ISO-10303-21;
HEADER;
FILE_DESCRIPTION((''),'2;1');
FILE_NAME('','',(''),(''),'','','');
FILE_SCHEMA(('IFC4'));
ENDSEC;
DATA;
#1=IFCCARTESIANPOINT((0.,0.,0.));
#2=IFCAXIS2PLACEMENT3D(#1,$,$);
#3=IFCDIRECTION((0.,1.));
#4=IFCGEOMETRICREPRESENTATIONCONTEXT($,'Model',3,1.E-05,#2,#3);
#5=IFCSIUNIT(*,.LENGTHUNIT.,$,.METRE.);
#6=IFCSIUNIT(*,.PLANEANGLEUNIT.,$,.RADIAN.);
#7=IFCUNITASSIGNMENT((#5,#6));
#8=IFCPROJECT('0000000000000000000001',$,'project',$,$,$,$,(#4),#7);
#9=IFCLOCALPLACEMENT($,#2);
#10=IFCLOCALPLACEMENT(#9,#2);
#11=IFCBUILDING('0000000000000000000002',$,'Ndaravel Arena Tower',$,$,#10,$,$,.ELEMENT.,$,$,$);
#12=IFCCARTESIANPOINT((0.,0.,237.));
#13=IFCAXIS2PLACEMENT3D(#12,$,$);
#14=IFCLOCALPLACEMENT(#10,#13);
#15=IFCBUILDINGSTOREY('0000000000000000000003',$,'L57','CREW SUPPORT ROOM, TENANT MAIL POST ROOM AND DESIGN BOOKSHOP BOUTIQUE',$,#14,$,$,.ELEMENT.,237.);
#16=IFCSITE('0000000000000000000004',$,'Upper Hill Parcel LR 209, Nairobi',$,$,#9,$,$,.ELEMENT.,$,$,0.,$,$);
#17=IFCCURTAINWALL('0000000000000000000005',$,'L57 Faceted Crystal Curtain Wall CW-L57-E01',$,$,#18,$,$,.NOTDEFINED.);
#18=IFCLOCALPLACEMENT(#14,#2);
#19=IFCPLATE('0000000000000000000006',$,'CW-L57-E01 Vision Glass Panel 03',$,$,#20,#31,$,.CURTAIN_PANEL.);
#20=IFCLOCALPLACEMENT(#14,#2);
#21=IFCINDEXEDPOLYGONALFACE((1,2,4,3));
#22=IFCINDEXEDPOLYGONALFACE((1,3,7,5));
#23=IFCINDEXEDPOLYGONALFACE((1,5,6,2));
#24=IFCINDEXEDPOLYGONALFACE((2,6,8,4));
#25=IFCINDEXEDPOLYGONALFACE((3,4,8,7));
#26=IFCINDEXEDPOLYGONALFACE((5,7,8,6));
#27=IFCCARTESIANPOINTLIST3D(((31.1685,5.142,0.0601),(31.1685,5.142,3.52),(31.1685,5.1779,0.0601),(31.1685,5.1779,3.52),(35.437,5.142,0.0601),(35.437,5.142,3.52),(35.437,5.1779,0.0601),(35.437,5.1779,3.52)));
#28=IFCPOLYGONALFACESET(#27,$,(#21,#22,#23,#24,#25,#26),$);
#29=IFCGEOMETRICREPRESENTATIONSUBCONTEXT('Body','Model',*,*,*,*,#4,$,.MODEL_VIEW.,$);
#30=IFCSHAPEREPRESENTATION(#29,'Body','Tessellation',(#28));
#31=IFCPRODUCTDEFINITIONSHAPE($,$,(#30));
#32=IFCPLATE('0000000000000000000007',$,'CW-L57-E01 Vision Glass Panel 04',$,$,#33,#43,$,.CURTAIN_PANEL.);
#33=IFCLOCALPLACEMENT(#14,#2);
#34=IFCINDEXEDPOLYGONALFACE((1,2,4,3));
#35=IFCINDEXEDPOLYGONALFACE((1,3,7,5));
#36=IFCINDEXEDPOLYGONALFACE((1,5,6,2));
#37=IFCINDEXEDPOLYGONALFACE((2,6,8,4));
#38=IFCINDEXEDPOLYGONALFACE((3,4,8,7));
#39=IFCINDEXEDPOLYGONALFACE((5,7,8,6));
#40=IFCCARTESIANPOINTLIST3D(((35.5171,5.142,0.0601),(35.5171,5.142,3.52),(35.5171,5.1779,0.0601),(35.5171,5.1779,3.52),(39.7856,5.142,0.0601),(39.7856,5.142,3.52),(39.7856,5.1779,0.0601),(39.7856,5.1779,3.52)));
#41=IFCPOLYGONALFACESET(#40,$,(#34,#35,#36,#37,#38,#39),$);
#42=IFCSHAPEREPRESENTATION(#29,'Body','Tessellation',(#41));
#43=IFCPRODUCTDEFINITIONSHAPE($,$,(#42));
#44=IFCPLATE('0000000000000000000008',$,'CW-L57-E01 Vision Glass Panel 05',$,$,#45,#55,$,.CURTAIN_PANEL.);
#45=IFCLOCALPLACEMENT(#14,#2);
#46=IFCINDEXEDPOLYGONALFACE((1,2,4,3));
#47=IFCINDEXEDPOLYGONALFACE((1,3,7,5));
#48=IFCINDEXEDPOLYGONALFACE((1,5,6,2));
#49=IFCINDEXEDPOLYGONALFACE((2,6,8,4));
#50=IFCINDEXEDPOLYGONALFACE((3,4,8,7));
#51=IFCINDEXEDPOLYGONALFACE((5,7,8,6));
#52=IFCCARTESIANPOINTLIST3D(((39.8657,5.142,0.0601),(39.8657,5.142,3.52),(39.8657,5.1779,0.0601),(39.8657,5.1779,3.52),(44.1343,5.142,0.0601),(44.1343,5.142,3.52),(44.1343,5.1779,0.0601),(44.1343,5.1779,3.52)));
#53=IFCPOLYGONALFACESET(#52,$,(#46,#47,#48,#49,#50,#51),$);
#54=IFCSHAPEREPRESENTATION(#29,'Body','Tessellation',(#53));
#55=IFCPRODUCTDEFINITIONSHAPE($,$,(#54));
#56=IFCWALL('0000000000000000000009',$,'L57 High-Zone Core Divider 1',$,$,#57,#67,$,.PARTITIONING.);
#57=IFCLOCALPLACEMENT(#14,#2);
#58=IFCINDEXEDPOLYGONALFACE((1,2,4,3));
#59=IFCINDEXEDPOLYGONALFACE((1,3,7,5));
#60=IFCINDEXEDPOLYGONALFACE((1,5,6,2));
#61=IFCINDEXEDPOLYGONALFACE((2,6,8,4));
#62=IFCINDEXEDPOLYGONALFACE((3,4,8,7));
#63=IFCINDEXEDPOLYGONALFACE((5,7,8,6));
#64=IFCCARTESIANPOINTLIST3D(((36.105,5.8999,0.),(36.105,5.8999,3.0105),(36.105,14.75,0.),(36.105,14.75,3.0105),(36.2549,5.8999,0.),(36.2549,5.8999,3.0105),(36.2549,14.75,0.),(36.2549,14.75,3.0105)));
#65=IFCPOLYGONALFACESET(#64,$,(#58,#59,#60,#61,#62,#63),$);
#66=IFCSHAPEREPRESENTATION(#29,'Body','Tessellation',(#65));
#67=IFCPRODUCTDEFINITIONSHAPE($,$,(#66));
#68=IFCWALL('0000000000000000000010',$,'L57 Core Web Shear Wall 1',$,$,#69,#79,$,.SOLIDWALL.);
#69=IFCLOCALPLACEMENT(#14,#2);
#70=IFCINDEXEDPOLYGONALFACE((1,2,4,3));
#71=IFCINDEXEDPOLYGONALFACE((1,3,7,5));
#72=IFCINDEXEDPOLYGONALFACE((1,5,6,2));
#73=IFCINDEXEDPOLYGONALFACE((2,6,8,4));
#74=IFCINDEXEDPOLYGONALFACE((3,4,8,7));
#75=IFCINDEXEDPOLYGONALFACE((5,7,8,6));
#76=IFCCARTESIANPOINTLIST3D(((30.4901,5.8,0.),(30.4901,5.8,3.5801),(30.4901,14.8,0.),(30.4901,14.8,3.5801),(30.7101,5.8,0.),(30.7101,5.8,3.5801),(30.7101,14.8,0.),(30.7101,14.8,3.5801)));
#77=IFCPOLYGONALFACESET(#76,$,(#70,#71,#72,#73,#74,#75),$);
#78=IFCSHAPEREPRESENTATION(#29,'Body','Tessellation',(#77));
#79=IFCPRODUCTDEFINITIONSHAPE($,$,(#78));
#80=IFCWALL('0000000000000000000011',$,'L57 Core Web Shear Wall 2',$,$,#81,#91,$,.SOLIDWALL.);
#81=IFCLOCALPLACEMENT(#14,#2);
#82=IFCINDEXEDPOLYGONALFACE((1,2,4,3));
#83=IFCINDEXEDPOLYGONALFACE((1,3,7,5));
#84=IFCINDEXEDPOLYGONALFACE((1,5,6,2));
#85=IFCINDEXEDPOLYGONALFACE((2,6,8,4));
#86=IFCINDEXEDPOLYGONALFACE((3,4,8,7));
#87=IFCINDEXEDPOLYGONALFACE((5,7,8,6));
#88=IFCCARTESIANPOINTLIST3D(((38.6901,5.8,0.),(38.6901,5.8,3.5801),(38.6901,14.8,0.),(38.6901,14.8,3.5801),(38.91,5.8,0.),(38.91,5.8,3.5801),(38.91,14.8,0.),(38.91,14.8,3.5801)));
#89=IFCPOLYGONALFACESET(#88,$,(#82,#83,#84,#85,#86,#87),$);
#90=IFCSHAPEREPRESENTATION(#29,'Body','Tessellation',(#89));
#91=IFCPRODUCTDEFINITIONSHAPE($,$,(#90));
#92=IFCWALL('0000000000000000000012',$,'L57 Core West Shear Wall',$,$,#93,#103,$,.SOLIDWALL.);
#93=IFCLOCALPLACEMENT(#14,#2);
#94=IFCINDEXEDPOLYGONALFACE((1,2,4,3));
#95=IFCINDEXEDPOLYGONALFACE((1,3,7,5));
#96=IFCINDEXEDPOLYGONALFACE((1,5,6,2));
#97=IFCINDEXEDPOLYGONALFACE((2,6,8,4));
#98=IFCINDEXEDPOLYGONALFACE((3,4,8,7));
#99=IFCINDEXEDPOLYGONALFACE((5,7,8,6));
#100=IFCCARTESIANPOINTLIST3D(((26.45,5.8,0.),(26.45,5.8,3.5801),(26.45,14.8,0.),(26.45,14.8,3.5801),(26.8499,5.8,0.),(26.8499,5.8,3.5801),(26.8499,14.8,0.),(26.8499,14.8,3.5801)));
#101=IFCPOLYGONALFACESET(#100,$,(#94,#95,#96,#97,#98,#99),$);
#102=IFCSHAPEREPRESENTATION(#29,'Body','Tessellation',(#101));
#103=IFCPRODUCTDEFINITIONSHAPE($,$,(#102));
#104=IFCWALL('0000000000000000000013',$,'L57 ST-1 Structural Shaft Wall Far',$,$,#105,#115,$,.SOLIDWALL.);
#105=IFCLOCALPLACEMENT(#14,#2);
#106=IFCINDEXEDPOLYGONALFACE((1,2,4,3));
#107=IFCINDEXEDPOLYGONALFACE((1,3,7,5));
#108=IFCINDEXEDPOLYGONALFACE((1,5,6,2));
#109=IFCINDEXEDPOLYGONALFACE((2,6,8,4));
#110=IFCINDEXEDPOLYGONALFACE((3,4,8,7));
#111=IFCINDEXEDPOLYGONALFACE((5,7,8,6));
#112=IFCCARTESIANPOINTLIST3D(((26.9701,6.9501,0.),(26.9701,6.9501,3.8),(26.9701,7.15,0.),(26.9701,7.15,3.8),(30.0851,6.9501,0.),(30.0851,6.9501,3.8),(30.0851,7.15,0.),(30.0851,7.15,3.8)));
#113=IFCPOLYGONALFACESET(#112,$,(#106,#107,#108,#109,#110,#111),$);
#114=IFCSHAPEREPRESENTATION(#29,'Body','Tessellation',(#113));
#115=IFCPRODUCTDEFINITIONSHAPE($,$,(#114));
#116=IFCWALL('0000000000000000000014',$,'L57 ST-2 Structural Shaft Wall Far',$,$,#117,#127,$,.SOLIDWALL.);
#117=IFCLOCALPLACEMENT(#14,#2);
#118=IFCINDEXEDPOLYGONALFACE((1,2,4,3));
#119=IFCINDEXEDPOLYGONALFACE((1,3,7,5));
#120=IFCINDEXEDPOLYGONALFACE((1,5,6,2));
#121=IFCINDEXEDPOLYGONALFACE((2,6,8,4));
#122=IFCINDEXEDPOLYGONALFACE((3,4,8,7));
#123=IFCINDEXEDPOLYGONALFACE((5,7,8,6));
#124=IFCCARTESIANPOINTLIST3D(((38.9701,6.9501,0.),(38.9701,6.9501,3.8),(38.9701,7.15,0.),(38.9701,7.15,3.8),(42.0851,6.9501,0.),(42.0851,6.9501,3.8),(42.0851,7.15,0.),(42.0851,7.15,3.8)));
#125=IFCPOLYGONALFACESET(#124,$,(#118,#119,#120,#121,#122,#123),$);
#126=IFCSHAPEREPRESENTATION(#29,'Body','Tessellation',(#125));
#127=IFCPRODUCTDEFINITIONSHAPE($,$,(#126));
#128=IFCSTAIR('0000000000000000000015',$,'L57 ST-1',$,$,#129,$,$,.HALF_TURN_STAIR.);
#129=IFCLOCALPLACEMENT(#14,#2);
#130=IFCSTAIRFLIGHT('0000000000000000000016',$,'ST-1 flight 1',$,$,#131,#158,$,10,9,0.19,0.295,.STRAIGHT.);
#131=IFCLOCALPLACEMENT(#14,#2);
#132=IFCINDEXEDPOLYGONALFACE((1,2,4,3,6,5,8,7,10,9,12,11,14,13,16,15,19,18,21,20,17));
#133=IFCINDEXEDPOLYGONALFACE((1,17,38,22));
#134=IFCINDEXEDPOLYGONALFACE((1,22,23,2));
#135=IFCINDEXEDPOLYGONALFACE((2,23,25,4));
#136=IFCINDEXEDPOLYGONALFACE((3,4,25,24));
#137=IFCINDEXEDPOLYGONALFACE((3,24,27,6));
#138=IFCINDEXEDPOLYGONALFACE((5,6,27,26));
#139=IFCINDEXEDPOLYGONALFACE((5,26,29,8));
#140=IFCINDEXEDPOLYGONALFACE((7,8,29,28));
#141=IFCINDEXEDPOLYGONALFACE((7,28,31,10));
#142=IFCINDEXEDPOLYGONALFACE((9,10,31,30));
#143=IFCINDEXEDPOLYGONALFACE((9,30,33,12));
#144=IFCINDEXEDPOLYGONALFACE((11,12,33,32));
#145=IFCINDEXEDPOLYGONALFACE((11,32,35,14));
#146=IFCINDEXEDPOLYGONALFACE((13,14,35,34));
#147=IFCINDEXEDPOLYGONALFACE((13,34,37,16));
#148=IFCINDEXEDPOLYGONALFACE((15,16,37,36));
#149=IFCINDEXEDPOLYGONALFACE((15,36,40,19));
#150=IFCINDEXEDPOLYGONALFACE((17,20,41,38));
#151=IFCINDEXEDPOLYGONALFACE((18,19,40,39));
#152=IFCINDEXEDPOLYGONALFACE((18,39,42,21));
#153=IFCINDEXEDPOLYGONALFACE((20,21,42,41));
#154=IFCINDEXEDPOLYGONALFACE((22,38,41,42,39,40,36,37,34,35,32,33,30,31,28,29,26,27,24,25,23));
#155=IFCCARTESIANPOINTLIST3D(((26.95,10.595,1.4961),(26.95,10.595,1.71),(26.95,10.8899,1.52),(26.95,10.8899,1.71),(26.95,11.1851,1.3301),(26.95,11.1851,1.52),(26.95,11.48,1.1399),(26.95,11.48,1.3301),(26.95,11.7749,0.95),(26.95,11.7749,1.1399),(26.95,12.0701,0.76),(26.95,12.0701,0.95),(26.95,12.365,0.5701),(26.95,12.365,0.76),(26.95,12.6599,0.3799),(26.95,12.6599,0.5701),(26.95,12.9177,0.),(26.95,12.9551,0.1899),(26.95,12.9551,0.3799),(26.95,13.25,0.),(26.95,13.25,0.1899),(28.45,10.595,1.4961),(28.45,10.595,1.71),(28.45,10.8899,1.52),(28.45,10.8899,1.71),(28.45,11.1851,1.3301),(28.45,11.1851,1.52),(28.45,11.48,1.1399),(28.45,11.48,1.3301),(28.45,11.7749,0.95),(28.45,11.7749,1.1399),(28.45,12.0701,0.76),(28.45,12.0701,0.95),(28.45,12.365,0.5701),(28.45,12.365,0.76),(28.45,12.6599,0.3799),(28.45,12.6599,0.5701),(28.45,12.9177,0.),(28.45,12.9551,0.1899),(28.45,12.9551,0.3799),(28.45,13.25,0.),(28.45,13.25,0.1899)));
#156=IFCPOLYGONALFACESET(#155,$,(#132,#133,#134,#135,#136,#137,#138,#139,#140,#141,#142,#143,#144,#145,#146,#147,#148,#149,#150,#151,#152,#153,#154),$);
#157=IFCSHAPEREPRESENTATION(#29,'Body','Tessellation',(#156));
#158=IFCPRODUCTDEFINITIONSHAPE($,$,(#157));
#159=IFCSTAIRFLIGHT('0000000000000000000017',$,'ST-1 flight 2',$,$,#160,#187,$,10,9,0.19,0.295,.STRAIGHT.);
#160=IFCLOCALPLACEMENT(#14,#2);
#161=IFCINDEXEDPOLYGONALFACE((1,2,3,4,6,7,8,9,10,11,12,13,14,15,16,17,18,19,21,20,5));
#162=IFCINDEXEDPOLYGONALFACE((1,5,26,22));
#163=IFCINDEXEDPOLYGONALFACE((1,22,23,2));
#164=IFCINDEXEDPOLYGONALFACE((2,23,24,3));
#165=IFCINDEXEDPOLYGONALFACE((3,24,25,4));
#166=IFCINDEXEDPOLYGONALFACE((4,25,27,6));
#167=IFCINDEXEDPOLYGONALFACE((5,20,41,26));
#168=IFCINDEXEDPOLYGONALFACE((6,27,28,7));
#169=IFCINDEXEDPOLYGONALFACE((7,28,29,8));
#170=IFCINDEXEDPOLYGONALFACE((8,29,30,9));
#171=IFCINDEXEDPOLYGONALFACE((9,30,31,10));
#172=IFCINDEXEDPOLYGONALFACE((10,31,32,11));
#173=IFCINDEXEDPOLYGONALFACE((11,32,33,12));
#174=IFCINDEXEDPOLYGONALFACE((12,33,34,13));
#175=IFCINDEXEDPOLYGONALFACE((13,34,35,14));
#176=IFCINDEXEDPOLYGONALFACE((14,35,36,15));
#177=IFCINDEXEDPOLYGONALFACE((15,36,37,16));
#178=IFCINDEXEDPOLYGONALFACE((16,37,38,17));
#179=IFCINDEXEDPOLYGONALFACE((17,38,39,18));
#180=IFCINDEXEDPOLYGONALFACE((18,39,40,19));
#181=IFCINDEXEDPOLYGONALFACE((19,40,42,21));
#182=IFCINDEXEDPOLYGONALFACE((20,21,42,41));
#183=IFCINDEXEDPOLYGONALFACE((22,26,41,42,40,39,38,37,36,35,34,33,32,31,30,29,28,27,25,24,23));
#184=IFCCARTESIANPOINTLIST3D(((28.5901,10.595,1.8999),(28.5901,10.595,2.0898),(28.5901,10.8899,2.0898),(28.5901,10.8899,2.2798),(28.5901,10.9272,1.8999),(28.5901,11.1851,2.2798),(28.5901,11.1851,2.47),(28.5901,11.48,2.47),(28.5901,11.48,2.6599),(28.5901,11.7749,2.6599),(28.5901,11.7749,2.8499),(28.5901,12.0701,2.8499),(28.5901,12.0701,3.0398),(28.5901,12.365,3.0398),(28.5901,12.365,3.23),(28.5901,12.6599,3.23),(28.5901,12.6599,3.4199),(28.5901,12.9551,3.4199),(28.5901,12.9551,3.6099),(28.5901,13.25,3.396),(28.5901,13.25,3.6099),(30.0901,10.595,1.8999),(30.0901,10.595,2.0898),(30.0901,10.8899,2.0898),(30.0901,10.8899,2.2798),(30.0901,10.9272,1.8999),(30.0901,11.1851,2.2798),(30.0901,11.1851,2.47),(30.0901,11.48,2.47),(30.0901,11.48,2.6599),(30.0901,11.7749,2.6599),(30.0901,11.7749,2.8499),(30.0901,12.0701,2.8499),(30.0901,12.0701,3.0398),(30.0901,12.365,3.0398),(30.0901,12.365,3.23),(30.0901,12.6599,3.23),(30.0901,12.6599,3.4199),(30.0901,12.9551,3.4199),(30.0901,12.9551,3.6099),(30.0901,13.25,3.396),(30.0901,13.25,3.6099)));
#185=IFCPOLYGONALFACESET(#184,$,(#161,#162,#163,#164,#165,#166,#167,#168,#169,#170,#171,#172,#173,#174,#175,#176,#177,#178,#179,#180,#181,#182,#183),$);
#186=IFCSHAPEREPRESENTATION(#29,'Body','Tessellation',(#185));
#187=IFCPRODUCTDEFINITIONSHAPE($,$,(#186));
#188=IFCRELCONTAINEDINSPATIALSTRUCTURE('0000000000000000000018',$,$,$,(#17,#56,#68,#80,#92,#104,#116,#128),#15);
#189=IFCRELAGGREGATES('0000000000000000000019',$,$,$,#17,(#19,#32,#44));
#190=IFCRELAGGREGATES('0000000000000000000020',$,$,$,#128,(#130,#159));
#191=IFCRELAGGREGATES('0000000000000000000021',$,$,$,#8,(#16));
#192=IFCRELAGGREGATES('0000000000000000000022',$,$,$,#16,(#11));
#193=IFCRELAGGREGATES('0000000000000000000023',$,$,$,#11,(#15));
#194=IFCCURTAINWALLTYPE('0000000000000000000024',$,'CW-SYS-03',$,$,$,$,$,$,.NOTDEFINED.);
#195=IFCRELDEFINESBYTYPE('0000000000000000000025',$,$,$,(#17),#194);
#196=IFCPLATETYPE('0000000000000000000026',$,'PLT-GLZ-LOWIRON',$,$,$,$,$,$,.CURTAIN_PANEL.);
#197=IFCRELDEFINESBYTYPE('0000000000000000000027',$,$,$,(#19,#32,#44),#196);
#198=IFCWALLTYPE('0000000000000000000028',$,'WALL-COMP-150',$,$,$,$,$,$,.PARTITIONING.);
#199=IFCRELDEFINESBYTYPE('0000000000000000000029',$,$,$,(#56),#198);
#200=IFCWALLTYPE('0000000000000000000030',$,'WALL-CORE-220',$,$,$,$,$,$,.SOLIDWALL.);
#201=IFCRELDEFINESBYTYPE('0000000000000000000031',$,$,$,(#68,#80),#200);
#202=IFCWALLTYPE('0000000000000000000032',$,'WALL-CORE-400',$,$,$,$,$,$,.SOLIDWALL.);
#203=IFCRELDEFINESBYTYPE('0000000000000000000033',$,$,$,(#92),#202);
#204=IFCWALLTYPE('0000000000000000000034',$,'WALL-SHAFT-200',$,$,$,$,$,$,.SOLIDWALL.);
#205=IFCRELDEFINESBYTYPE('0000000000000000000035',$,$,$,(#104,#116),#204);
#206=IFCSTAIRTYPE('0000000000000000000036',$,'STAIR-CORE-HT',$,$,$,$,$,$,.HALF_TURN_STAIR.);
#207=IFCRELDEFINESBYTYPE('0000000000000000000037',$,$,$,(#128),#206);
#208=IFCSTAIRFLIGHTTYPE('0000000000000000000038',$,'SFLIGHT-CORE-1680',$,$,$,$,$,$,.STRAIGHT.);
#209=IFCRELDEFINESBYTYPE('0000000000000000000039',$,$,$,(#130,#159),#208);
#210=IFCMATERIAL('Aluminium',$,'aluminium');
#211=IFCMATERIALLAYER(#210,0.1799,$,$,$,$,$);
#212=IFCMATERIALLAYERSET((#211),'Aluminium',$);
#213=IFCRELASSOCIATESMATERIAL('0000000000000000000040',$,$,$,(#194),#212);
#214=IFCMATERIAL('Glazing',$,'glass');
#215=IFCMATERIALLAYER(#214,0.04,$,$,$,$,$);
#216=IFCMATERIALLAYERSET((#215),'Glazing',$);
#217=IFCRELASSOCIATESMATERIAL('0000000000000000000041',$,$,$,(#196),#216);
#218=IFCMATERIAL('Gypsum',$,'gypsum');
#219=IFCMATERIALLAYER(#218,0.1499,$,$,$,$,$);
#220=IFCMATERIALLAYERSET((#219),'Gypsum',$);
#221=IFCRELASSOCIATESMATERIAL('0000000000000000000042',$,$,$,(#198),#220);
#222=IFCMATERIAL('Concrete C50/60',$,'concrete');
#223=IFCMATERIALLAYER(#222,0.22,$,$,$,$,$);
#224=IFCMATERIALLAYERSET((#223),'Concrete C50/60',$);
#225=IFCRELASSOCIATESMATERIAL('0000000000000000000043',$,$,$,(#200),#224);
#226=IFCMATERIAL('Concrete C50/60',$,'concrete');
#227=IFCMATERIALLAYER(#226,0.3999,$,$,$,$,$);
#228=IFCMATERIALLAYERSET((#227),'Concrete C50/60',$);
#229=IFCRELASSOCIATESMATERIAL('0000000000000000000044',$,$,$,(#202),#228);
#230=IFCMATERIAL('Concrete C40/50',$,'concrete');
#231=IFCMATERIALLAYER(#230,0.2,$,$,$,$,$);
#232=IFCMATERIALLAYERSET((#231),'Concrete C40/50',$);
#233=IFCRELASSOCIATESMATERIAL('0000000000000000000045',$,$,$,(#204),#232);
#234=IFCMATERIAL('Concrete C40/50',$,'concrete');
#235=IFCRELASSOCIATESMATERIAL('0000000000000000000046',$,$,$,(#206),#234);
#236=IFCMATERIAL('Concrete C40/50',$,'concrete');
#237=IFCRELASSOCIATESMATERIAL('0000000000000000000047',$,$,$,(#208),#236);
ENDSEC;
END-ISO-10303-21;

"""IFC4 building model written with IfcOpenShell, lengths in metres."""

from ifc_helpers import new_model, si_unit, direction, frame, frame_2d, origin, origin_2d, place, context, subcontext, project, spatial, polyline, rectangle, outline, extrude, material, layer, layer_set, type_object, element, aggregate, save


model = new_model("IFC4")

# Units and contexts
model_context = context("Model", 3, precision=1e-05, world=origin(), true_north=direction((0.0, 1.0)))
body_context = subcontext(model_context, "Body", "Model", "MODEL_VIEW")
ifc_project = project(units=[si_unit("LENGTHUNIT", "METRE"), si_unit("PLANEANGLEUNIT", "RADIAN")], contexts=[model_context])

# Site, building, storey
site_placement = place(None, origin())
site = spatial("IfcSite", under=ifc_project, at=site_placement, Name="Upper Hill Parcel LR 209, Nairobi", CompositionType="ELEMENT", RefElevation=0.0)
building_placement = place(site_placement, origin())
building = spatial("IfcBuilding", under=site, at=building_placement, Name="Ndaravel Arena Tower", CompositionType="ELEMENT")
storey_placement = place(building_placement, frame((0.0, 0.0, 237.0)))
storey = spatial("IfcBuildingStorey", under=building, at=storey_placement, Name="L57", Description="CREW SUPPORT ROOM, TENANT MAIL POST ROOM AND DESIGN BOOKSHOP BOUTIQUE", CompositionType="ELEMENT", Elevation=237.0)

# Curtain wall, plates
ifc_material_1 = material(Name="Aluminium", Category="aluminium")
ifc_layer_1 = layer(ifc_material_1, 0.1799)
ifc_layer_set_1 = layer_set([ifc_layer_1], Name="Aluminium")
curtain_wall_type = type_object("IfcCurtainWallType", Name="CW-SYS-03", PredefinedType="NOTDEFINED", material=ifc_layer_set_1)
curtain_wall_placement = place(storey_placement, origin())
curtain_wall = element("IfcCurtainWall", 1, at=curtain_wall_placement, inside=storey, type_object=curtain_wall_type, Name="L57 Faceted Crystal Curtain Wall CW-L57-E01", PredefinedType="NOTDEFINED")
ifc_material_2 = material(Name="Glazing", Category="glass")
ifc_layer_2 = layer(ifc_material_2, 0.04)
ifc_layer_set_2 = layer_set([ifc_layer_2], Name="Glazing")
plate_type = type_object("IfcPlateType", Name="PLT-GLZ-LOWIRON", PredefinedType="CURTAIN_PANEL", material=ifc_layer_set_2)
plate_1_placement = place(storey_placement, frame((33.3027, 5.1599, 0.0601), z_axis=(0.0, 0.0, 1.0), x_axis=(1.0, 0.0, 0.0)))
plate_1 = element("IfcPlate", 2, at=plate_1_placement, type_object=plate_type, Name="CW-L57-E01 Vision Glass Panel 03", PredefinedType="CURTAIN_PANEL", context=body_context, shape_type="SweptSolid", body=[
    extrude(rectangle(XDim=4.2686, YDim=0.0359, at=origin_2d()), origin(), (0.0, 0.0, 1.0), 3.46),
])
plate_2_placement = place(storey_placement, frame((37.6514, 5.1599, 0.0601), z_axis=(0.0, 0.0, 1.0), x_axis=(1.0, 0.0, 0.0)))
plate_2 = element("IfcPlate", 3, at=plate_2_placement, type_object=plate_type, Name="CW-L57-E01 Vision Glass Panel 04", PredefinedType="CURTAIN_PANEL", context=body_context, shape_type="SweptSolid", body=[
    extrude(rectangle(XDim=4.2686, YDim=0.0359, at=origin_2d()), origin(), (0.0, 0.0, 1.0), 3.46),
])
plate_3_placement = place(storey_placement, frame((42.0, 5.1599, 0.0601), z_axis=(0.0, 0.0, 1.0), x_axis=(1.0, 0.0, 0.0)))
plate_3 = element("IfcPlate", 4, at=plate_3_placement, type_object=plate_type, Name="CW-L57-E01 Vision Glass Panel 05", PredefinedType="CURTAIN_PANEL", context=body_context, shape_type="SweptSolid", body=[
    extrude(rectangle(XDim=4.2686, YDim=0.0359, at=origin_2d()), origin(), (0.0, 0.0, 1.0), 3.46),
])
aggregate(curtain_wall, [plate_1, plate_2, plate_3])

# Walls
ifc_material_3 = material(Name="Gypsum", Category="gypsum")
ifc_layer_3 = layer(ifc_material_3, 0.1499)
ifc_layer_set_3 = layer_set([ifc_layer_3], Name="Gypsum")
wall_type_1 = type_object("IfcWallType", Name="WALL-COMP-150", PredefinedType="PARTITIONING", material=ifc_layer_set_3)
wall_1_placement = place(storey_placement, frame((36.1799, 5.8999, 0.0), z_axis=(0.0, 0.0, 1.0), x_axis=(0.0, 1.0, 0.0)))
element("IfcWall", 5, at=wall_1_placement, inside=storey, type_object=wall_type_1, Name="L57 High-Zone Core Divider 1", PredefinedType="PARTITIONING", context=body_context, shape_type="SweptSolid", body=[
    extrude(rectangle(XDim=8.8501, YDim=0.1499, at=frame_2d((4.425, 0.0))), origin(), (0.0, 0.0, 1.0), 3.0105),
])
ifc_material_4 = material(Name="Concrete C50/60", Category="concrete")
ifc_layer_4 = layer(ifc_material_4, 0.22)
ifc_layer_set_4 = layer_set([ifc_layer_4], Name="Concrete C50/60")
wall_type_2 = type_object("IfcWallType", Name="WALL-CORE-220", PredefinedType="SOLIDWALL", material=ifc_layer_set_4)
for number, where, z_axis, x_axis, name in (
    (6, (30.6001, 5.8, 0.0), (0.0, 0.0, 1.0), (0.0, 1.0, 0.0), "L57 Core Web Shear Wall 1"),
    (7, (38.8, 5.8, 0.0), (0.0, 0.0, 1.0), (0.0, 1.0, 0.0), "L57 Core Web Shear Wall 2"),
):
    element("IfcWall", number, at=place(storey_placement, frame(where, z_axis=z_axis, x_axis=x_axis)), inside=storey, type_object=wall_type_2, Name=name, PredefinedType="SOLIDWALL", context=body_context, shape_type="SweptSolid", body=[
        extrude(rectangle(XDim=9.0, YDim=0.22, at=frame_2d((4.5, 0.0))), origin(), (0.0, 0.0, 1.0), 3.5801),
    ])
ifc_material_5 = material(Name="Concrete C50/60", Category="concrete")
ifc_layer_5 = layer(ifc_material_5, 0.3999)
ifc_layer_set_5 = layer_set([ifc_layer_5], Name="Concrete C50/60")
wall_type_3 = type_object("IfcWallType", Name="WALL-CORE-400", PredefinedType="SOLIDWALL", material=ifc_layer_set_5)
wall_2_placement = place(storey_placement, frame((26.6499, 5.8, 0.0), z_axis=(0.0, 0.0, 1.0), x_axis=(0.0, 1.0, 0.0)))
element("IfcWall", 8, at=wall_2_placement, inside=storey, type_object=wall_type_3, Name="L57 Core West Shear Wall", PredefinedType="SOLIDWALL", context=body_context, shape_type="SweptSolid", body=[
    extrude(rectangle(XDim=9.0, YDim=0.3999, at=frame_2d((4.5, 0.0))), origin(), (0.0, 0.0, 1.0), 3.5801),
])
ifc_material_6 = material(Name="Concrete C40/50", Category="concrete")
ifc_layer_6 = layer(ifc_material_6, 0.2)
ifc_layer_set_6 = layer_set([ifc_layer_6], Name="Concrete C40/50")
wall_type_4 = type_object("IfcWallType", Name="WALL-SHAFT-200", PredefinedType="SOLIDWALL", material=ifc_layer_set_6)
for number, where, z_axis, x_axis, name in (
    (9, (26.97, 7.05, 0.0), (0.0, 0.0, 1.0), (1.0, 0.0, 0.0), "L57 ST-1 Structural Shaft Wall Far"),
    (10, (38.97, 7.05, 0.0), (0.0, 0.0, 1.0), (1.0, 0.0, 0.0), "L57 ST-2 Structural Shaft Wall Far"),
):
    element("IfcWall", number, at=place(storey_placement, frame(where, z_axis=z_axis, x_axis=x_axis)), inside=storey, type_object=wall_type_4, Name=name, PredefinedType="SOLIDWALL", context=body_context, shape_type="SweptSolid", body=[
        extrude(rectangle(XDim=3.115, YDim=0.2, at=frame_2d((1.5576, 0.0))), origin(), (0.0, 0.0, 1.0), 3.8),
    ])

# Stair, stair flights
ifc_material_7 = material(Name="Concrete C40/50", Category="concrete")
stair_type = type_object("IfcStairType", Name="STAIR-CORE-HT", PredefinedType="HALF_TURN_STAIR", material=ifc_material_7)
stair_1_placement = place(storey_placement, origin())
stair_1 = element("IfcStair", 11, at=stair_1_placement, inside=storey, type_object=stair_type, Name="L57 ST-1", PredefinedType="HALF_TURN_STAIR")
ifc_material_8 = material(Name="Concrete C40/50", Category="concrete")
stair_flight_type = type_object("IfcStairFlightType", Name="SFLIGHT-CORE-1680", PredefinedType="STRAIGHT", material=ifc_material_8)
stair_flight_1_placement = place(storey_placement, frame((27.7, 13.25, 0.0), z_axis=(0.0, 0.0, 1.0), x_axis=(0.0, -1.0, 0.0)))
stair_flight_1 = element("IfcStairFlight", 12, at=stair_flight_1_placement, type_object=stair_flight_type, Name="ST-1 flight 1", NumberOfRisers=10, NumberOfTreads=9, PredefinedType="STRAIGHT", RiserHeight=0.19, TreadLength=0.295, context=body_context, shape_type="SweptSolid", body=[
    extrude(outline(polyline([(0.0, 0.0), (0.0, 0.1899), (0.2949, 0.1899), (0.2949, 0.3799), (0.5901, 0.3799), (0.5901, 0.5701), (0.885, 0.5701), (0.885, 0.76), (1.1799, 0.76), (1.1799, 0.95), (1.4751, 0.95), (1.4751, 1.1399), (1.77, 1.1399), (1.77, 1.3301), (2.0649, 1.3301), (2.0649, 1.52), (2.3601, 1.52), (2.3601, 1.71), (2.655, 1.71), (2.655, 1.8999), (2.655, 1.4961), (0.3323, 0.0), (0.0, 0.0)])), frame((0.0, 0.75, 0.0), z_axis=(0.0, -1.0, 0.0), x_axis=(1.0, 0.0, 0.0)), (0.0, 0.0, 1.0), 1.5),
])
stair_flight_2_placement = place(storey_placement, frame((29.3401, 10.595, 1.8999), z_axis=(0.0, 0.0, 1.0), x_axis=(0.0, 1.0, 0.0)))
stair_flight_2 = element("IfcStairFlight", 13, at=stair_flight_2_placement, type_object=stair_flight_type, Name="ST-1 flight 2", NumberOfRisers=10, NumberOfTreads=9, PredefinedType="STRAIGHT", RiserHeight=0.19, TreadLength=0.295, context=body_context, shape_type="SweptSolid", body=[
    extrude(outline(polyline([(0.0, 0.0), (0.0, 0.1899), (0.2949, 0.1899), (0.2949, 0.3799), (0.5901, 0.3799), (0.5901, 0.5701), (0.885, 0.5701), (0.885, 0.76), (1.1799, 0.76), (1.1799, 0.95), (1.4751, 0.95), (1.4751, 1.1399), (1.77, 1.1399), (1.77, 1.3301), (2.0649, 1.3301), (2.0649, 1.52), (2.3601, 1.52), (2.3601, 1.71), (2.655, 1.71), (2.655, 1.8999), (2.655, 1.4961), (0.3323, 0.0), (0.0, 0.0)])), frame((0.0, 0.75, 0.0), z_axis=(0.0, -1.0, 0.0), x_axis=(1.0, 0.0, 0.0)), (0.0, 0.0, 1.0), 1.5),
])
aggregate(stair_1, [stair_flight_1, stair_flight_2])

save(model, "model.ifc")
